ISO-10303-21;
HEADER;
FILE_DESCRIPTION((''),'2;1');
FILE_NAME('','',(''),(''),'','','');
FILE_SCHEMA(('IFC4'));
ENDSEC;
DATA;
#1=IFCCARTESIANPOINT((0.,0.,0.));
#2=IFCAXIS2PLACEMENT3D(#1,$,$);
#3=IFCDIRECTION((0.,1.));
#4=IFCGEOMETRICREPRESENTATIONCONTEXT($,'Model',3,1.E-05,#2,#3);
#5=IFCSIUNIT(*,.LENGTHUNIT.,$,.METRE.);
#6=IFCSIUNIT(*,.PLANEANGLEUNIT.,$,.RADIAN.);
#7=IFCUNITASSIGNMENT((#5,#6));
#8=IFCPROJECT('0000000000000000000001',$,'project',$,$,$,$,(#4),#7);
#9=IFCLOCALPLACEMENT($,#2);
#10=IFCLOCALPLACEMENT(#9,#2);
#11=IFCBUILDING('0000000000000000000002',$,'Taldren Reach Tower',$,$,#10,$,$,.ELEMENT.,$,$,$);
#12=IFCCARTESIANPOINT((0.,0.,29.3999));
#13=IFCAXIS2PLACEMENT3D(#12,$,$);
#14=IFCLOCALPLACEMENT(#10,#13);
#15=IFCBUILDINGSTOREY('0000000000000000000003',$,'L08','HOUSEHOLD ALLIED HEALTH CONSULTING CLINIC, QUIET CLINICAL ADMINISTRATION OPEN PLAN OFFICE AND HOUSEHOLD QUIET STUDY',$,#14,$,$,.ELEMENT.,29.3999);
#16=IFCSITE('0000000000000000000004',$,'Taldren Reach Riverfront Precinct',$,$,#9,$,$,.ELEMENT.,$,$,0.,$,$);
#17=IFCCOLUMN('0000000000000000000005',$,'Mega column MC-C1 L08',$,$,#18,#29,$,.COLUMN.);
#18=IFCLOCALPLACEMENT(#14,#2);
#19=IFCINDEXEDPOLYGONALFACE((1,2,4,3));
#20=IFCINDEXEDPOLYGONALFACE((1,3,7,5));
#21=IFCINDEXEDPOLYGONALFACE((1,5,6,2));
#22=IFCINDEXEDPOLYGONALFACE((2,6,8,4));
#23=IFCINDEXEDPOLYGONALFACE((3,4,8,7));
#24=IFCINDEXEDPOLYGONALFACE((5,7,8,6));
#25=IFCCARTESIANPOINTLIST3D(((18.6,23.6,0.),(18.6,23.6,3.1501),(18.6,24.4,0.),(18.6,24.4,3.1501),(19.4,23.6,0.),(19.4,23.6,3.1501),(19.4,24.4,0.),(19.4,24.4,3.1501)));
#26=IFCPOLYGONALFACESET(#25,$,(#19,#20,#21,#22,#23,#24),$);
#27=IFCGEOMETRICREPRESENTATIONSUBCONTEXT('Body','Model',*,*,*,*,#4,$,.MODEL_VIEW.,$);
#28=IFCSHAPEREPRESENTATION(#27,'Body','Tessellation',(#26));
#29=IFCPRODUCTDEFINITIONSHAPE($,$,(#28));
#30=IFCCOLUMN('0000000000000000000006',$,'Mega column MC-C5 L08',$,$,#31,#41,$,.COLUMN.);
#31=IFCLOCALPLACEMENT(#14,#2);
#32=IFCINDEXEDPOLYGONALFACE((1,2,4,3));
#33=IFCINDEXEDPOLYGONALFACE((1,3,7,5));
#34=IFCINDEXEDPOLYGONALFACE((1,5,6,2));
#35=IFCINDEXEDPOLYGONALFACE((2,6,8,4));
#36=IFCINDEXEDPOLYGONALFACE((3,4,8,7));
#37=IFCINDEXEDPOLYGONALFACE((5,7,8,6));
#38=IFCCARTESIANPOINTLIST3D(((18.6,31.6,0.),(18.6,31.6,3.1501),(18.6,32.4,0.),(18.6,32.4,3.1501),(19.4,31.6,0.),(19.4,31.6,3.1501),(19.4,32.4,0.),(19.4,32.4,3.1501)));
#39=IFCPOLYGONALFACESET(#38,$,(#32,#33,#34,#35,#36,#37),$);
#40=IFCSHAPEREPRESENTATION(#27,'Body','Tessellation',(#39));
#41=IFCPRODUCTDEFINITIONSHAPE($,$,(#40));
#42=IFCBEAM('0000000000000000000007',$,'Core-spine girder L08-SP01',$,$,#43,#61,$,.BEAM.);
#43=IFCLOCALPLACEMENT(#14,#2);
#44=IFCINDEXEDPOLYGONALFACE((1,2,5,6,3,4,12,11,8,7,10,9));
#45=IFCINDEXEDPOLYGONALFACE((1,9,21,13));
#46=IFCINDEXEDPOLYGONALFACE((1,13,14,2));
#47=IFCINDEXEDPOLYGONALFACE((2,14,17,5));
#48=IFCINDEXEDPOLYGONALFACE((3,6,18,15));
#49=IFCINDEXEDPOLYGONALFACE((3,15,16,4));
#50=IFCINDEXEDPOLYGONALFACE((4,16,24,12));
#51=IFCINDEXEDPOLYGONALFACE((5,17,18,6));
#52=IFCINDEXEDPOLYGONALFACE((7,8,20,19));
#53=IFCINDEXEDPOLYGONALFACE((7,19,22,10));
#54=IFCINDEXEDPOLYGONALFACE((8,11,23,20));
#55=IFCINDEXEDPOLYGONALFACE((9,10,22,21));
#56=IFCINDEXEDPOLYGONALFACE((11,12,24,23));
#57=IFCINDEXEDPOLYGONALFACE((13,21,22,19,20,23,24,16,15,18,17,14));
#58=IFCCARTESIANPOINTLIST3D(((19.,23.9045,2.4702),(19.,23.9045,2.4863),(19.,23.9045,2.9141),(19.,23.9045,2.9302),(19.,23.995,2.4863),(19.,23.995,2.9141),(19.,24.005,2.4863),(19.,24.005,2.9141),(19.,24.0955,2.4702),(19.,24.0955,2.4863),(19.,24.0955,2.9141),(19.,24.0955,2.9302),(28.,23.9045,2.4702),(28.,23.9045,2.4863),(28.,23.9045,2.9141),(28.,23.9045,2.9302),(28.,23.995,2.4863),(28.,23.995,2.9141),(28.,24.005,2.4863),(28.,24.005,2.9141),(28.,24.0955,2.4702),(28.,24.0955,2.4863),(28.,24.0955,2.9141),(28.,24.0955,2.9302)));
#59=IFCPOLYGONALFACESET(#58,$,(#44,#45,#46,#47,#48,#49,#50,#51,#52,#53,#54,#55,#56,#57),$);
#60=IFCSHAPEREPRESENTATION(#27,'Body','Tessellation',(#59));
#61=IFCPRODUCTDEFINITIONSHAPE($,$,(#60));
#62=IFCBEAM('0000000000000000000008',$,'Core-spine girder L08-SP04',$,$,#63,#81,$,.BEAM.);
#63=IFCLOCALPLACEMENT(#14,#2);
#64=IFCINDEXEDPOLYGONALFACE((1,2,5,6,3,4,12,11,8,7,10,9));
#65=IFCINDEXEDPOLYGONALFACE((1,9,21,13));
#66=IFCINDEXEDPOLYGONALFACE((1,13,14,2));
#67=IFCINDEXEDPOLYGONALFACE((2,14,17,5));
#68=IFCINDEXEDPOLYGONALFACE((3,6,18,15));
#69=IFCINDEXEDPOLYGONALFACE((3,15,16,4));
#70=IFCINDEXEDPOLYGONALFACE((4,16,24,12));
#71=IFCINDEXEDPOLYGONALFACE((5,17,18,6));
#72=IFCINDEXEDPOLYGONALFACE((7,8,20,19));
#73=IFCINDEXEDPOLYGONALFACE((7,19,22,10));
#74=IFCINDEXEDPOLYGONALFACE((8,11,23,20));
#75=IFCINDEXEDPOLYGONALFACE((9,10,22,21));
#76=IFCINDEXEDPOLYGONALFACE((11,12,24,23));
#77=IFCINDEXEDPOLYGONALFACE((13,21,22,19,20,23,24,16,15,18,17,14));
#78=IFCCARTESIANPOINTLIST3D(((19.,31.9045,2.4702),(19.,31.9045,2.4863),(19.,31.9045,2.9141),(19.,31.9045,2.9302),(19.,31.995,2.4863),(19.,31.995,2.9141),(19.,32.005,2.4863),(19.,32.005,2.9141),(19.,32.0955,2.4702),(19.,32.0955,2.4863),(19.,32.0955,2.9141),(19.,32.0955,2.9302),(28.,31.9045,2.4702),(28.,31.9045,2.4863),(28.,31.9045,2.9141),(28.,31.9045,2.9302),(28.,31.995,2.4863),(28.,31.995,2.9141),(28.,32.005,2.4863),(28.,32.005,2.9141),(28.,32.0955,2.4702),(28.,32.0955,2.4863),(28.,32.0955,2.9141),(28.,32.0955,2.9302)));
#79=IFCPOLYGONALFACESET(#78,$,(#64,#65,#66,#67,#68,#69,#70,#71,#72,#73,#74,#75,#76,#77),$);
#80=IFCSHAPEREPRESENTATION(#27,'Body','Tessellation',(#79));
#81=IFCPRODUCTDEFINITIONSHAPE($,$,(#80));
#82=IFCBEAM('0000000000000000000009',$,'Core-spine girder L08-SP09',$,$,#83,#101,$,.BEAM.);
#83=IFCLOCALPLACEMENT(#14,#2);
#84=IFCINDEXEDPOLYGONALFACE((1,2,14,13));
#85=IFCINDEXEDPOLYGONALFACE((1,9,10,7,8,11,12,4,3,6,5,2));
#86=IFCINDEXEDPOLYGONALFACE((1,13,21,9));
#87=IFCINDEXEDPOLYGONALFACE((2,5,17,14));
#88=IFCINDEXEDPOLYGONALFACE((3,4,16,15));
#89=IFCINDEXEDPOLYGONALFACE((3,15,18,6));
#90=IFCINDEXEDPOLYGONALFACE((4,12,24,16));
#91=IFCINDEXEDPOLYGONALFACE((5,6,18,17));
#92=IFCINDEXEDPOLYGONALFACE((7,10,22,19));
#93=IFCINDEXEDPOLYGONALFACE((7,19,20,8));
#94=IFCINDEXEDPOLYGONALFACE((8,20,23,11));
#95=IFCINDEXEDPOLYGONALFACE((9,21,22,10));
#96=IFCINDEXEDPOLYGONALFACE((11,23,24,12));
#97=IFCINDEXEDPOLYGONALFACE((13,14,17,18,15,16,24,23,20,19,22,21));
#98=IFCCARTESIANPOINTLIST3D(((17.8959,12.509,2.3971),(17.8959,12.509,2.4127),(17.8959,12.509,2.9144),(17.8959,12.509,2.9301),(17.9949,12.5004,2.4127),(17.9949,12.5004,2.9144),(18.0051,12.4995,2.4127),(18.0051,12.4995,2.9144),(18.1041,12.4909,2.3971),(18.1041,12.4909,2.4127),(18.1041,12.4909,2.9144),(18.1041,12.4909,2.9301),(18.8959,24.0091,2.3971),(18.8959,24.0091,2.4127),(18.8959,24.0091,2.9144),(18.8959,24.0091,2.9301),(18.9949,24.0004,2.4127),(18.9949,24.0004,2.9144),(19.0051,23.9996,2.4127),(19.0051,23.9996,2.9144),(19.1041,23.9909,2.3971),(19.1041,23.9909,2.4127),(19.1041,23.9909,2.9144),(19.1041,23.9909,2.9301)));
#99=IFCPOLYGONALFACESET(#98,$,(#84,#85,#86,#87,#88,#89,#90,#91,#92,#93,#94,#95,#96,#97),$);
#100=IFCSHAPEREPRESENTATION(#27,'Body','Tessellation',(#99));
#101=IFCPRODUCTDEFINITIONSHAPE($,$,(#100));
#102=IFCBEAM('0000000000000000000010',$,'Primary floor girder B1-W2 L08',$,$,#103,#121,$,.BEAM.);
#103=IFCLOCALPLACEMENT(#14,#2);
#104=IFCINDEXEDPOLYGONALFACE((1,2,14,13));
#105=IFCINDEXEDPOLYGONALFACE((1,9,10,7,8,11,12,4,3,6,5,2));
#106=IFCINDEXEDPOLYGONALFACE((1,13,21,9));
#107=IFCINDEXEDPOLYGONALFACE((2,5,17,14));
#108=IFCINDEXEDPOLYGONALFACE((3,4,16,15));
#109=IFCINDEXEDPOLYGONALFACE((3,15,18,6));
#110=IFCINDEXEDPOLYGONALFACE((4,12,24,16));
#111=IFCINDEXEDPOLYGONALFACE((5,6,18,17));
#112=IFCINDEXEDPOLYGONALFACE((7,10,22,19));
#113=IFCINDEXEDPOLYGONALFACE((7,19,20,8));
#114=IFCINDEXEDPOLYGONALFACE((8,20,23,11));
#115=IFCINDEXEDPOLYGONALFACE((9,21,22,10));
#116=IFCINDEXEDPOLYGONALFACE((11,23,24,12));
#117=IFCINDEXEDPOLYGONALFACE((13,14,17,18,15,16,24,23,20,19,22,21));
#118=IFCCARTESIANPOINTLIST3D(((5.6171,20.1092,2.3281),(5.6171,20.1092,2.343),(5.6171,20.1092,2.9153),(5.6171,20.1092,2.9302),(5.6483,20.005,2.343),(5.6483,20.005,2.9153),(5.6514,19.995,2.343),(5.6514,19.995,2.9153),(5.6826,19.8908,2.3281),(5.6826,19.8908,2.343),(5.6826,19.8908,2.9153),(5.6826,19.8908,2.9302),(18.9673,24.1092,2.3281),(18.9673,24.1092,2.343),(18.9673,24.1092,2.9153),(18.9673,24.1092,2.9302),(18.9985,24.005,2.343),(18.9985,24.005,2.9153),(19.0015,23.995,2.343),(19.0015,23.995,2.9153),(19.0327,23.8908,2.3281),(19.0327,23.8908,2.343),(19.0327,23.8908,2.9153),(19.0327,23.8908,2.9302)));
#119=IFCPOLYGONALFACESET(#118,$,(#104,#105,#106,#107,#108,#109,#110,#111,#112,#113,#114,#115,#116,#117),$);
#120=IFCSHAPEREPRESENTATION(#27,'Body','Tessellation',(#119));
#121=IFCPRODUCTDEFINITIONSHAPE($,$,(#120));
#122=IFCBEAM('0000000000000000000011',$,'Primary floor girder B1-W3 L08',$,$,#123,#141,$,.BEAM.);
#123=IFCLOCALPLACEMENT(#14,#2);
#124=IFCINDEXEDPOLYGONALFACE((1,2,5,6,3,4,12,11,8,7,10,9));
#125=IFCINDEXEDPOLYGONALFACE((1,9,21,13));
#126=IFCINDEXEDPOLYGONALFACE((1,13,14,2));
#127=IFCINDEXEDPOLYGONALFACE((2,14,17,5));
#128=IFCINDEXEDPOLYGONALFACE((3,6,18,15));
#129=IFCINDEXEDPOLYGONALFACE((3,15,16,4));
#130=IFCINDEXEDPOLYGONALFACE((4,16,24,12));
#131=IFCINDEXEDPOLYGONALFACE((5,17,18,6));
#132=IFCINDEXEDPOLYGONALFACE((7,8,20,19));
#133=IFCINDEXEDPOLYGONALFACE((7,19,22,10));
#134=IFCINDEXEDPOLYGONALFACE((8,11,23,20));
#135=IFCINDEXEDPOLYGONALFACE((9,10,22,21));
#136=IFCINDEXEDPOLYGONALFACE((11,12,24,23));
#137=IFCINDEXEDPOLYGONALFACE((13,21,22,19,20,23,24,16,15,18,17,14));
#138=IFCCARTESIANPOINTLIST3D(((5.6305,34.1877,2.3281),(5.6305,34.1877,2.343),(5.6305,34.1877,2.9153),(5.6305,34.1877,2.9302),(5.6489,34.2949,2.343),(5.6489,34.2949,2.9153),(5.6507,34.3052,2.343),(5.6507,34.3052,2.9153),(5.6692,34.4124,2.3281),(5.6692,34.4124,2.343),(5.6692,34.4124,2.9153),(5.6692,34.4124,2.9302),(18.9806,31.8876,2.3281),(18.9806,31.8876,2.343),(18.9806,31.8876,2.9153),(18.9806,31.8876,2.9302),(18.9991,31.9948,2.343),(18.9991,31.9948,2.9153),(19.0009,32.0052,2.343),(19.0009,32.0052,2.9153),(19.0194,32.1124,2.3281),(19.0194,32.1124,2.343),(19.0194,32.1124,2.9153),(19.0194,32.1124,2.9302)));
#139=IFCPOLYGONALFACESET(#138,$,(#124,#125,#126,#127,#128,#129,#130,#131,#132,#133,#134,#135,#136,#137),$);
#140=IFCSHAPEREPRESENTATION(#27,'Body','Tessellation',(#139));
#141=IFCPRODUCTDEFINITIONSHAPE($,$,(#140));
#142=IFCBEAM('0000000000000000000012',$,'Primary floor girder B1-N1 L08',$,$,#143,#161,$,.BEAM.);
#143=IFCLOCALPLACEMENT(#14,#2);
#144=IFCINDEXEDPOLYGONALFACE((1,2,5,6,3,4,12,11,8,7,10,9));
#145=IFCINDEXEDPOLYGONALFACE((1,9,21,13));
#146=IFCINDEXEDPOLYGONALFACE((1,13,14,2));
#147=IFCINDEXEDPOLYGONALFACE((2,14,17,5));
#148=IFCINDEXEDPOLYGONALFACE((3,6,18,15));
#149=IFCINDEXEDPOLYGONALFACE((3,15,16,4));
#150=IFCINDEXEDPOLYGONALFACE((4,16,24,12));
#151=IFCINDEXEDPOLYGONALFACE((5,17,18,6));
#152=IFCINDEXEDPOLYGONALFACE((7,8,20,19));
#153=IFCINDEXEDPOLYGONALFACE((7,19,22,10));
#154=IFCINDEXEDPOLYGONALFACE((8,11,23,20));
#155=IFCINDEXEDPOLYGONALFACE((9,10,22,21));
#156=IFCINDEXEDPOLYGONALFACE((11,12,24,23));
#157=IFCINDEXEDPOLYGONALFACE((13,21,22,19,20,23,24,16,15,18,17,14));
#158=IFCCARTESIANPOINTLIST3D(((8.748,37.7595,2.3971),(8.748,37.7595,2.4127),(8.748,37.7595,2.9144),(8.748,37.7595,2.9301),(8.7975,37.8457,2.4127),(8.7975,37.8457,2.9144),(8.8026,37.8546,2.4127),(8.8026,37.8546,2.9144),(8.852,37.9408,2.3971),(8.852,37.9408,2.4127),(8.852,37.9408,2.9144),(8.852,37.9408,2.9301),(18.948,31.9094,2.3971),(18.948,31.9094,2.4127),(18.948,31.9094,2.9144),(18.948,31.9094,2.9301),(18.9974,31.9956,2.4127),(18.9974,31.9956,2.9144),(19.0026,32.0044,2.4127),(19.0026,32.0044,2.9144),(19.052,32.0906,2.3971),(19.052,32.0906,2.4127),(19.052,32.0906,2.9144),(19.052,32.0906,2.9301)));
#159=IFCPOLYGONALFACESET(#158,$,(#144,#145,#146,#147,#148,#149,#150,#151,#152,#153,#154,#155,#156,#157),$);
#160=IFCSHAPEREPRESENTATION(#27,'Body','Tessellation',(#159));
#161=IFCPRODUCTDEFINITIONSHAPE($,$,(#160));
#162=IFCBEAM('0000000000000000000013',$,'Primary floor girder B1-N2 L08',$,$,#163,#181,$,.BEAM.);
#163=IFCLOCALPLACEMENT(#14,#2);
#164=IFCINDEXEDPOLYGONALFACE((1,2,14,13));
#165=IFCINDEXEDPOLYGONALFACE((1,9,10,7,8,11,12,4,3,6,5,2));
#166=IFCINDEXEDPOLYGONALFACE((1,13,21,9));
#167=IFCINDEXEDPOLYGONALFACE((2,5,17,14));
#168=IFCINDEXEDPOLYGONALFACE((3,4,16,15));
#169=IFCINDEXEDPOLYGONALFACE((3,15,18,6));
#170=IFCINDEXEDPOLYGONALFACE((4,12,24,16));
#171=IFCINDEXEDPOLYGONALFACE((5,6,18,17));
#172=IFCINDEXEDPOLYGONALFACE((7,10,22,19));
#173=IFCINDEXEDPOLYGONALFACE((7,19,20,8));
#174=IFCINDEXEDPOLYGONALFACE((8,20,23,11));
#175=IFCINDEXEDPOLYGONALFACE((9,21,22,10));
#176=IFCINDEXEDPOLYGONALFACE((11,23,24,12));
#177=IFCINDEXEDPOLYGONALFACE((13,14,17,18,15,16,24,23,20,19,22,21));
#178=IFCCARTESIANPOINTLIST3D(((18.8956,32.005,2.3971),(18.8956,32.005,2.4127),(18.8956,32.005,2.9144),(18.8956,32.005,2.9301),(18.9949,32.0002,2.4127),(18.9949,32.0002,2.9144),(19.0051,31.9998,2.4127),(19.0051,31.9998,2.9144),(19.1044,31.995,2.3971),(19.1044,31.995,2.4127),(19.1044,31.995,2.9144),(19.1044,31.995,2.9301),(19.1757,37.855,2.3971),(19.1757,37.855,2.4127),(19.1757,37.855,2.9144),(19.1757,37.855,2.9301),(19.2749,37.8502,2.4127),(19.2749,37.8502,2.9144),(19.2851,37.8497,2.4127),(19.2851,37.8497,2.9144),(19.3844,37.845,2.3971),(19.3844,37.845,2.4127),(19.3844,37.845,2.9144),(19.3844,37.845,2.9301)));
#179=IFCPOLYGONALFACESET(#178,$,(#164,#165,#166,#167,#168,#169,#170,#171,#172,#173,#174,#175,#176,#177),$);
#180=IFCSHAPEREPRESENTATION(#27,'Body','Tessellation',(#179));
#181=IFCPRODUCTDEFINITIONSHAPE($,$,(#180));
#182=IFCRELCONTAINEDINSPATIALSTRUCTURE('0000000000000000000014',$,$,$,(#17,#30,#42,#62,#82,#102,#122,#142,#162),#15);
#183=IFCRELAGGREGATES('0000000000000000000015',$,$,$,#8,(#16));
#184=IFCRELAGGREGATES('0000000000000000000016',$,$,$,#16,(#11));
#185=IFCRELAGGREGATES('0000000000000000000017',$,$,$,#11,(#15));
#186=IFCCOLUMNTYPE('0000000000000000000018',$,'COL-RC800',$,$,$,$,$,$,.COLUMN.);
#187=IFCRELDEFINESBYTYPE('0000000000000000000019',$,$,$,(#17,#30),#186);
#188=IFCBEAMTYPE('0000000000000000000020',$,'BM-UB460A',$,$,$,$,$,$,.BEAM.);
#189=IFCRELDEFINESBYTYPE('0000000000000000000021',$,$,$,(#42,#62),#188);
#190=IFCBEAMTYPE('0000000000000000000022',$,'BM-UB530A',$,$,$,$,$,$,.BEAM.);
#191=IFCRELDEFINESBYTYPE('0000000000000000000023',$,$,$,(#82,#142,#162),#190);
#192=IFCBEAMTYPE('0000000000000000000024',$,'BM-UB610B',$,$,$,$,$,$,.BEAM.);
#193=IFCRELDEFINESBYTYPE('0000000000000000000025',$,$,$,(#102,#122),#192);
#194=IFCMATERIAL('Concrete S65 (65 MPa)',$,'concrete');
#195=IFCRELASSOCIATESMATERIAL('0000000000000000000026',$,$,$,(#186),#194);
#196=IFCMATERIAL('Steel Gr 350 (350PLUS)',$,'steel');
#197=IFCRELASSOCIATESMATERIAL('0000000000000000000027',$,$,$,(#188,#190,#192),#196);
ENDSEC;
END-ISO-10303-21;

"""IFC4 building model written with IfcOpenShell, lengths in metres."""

from ifc_helpers import new_model, si_unit, direction, frame, origin, origin_2d, place, context, subcontext, project, spatial, rectangle, i_section, extrude, source, transform, mapped, material, material_profile, profile_set, type_object, element, save


model = new_model("IFC4")

# Units and contexts
model_context = context("Model", 3, precision=1e-05, world=origin(), true_north=direction((0.0, 1.0)))
body_context = subcontext(model_context, "Body", "Model", "MODEL_VIEW")
ifc_project = project(units=[si_unit("LENGTHUNIT", "METRE"), si_unit("PLANEANGLEUNIT", "RADIAN")], contexts=[model_context])

# Site, building, storey
site_placement = place(None, origin())
site = spatial("IfcSite", under=ifc_project, at=site_placement, Name="Taldren Reach Riverfront Precinct", CompositionType="ELEMENT", RefElevation=0.0)
building_placement = place(site_placement, origin())
building = spatial("IfcBuilding", under=site, at=building_placement, Name="Taldren Reach Tower", CompositionType="ELEMENT")
storey_placement = place(building_placement, frame((0.0, 0.0, 29.3999)))
storey = spatial("IfcBuildingStorey", under=building, at=storey_placement, Name="L08", Description="HOUSEHOLD ALLIED HEALTH CONSULTING CLINIC, QUIET CLINICAL ADMINISTRATION OPEN PLAN OFFICE AND HOUSEHOLD QUIET STUDY", CompositionType="ELEMENT", Elevation=29.3999)

# Columns
ifc_material_1 = material(Name="Concrete S65 (65 MPa)", Category="concrete")
ifc_material_profile_1 = material_profile(ifc_material_1, rectangle(XDim=0.8, YDim=0.8, at=origin_2d()), Name="RC-800x800")
ifc_profile_set_1 = profile_set([ifc_material_profile_1], Name="Concrete S65 (65 MPa)")
column_type = type_object("IfcColumnType", Name="COL-RC800", PredefinedType="COLUMN", material=ifc_profile_set_1)
shared_shape_1 = source(origin(), body_context, "Body", "SweptSolid", [
    extrude(rectangle(XDim=0.8, YDim=0.8, at=origin_2d()), origin(), (0.0, 0.0, 1.0), 3.1501),
])
for number, where, z_axis, x_axis, name in (
    (1, (19.0, 24.0, 0.0), (0.0, 0.0, 1.0), (1.0, 0.0, 0.0), "Mega column MC-C1 L08"),
    (2, (19.0, 32.0, 0.0), (0.0, 0.0, 1.0), (1.0, 0.0, 0.0), "Mega column MC-C5 L08"),
):
    element("IfcColumn", number, at=place(storey_placement, frame(where, z_axis=z_axis, x_axis=x_axis)), inside=storey, type_object=column_type, Name=name, PredefinedType="COLUMN", context=body_context, shape_type="MappedRepresentation", body=[
        mapped(shared_shape_1, transform((0.0, 0.0, 0.0), scale=1.0)),
    ])

# Beams
ifc_material_2 = material(Name="Steel Gr 350 (350PLUS)", Category="steel")
ifc_material_profile_2 = material_profile(ifc_material_2, i_section(OverallWidth=0.1909, OverallDepth=0.46, WebThickness=0.01, FlangeThickness=0.0161, at=origin_2d()), Name="460UB82.1")
ifc_profile_set_2 = profile_set([ifc_material_profile_2], Name="Steel Gr 350 (350PLUS)")
beam_type_1 = type_object("IfcBeamType", Name="BM-UB460A", PredefinedType="BEAM", material=ifc_profile_set_2)
shared_shape_2 = source(origin(), body_context, "Body", "SweptSolid", [
    extrude(i_section(OverallWidth=0.1909, OverallDepth=0.46, WebThickness=0.01, FlangeThickness=0.0161, at=origin_2d()), origin(), (0.0, 0.0, 1.0), 9.0),
])
for number, where, z_axis, x_axis, name in (
    (3, (19.0, 24.0, 2.7002), (1.0, 0.0, 0.0), (0.0, 1.0, 0.0), "Core-spine girder L08-SP01"),
    (4, (19.0, 32.0, 2.7002), (1.0, 0.0, 0.0), (0.0, 1.0, 0.0), "Core-spine girder L08-SP04"),
):
    element("IfcBeam", number, at=place(storey_placement, frame(where, z_axis=z_axis, x_axis=x_axis)), inside=storey, type_object=beam_type_1, Name=name, PredefinedType="BEAM", context=body_context, shape_type="MappedRepresentation", body=[
        mapped(shared_shape_2, transform((0.0, 0.0, 0.0), scale=1.0)),
    ])
ifc_material_profile_3 = material_profile(ifc_material_2, i_section(OverallWidth=0.209, OverallDepth=0.533, WebThickness=0.0103, FlangeThickness=0.0156, at=origin_2d()), Name="530UB92.4")
ifc_profile_set_3 = profile_set([ifc_material_profile_3], Name="Steel Gr 350 (350PLUS)")
beam_type_2 = type_object("IfcBeamType", Name="BM-UB530A", PredefinedType="BEAM", material=ifc_profile_set_3)
shared_shape_3 = source(origin(), body_context, "Body", "SweptSolid", [
    extrude(i_section(OverallWidth=0.209, OverallDepth=0.533, WebThickness=0.0103, FlangeThickness=0.0156, at=origin_2d()), origin(), (0.0, 0.0, 1.0), 11.5435),
])
beam_1_placement = place(storey_placement, frame((19.0, 24.0, 2.6636), z_axis=(-0.08663, -0.996241, 0.0), x_axis=(0.996241, -0.08663, 0.0)))
element("IfcBeam", 5, at=beam_1_placement, inside=storey, type_object=beam_type_2, Name="Core-spine girder L08-SP09", PredefinedType="BEAM", context=body_context, shape_type="MappedRepresentation", body=[
    mapped(shared_shape_3, transform((0.0, 0.0, 0.0), scale=1.0)),
])
ifc_material_profile_4 = material_profile(ifc_material_2, i_section(OverallWidth=0.228, OverallDepth=0.6021, WebThickness=0.0105, FlangeThickness=0.0149, at=origin_2d()), Name="610UB101")
ifc_profile_set_4 = profile_set([ifc_material_profile_4], Name="Steel Gr 350 (350PLUS)")
beam_type_3 = type_object("IfcBeamType", Name="BM-UB610B", PredefinedType="BEAM", material=ifc_profile_set_4)
shared_shape_4 = source(origin(), body_context, "Body", "SweptSolid", [
    extrude(i_section(OverallWidth=0.228, OverallDepth=0.6021, WebThickness=0.0105, FlangeThickness=0.0149, at=origin_2d()), origin(), (0.0, 0.0, 1.0), 13.9365),
])
beam_2_placement = place(storey_placement, frame((19.0, 24.0, 2.6292), z_axis=(-0.957926, -0.287017, 0.0), x_axis=(0.287017, -0.957926, 0.0)))
element("IfcBeam", 6, at=beam_2_placement, inside=storey, type_object=beam_type_3, Name="Primary floor girder B1-W2 L08", PredefinedType="BEAM", context=body_context, shape_type="MappedRepresentation", body=[
    mapped(shared_shape_4, transform((0.0, 0.0, 0.0), scale=1.0)),
])
shared_shape_5 = source(origin(), body_context, "Body", "SweptSolid", [
    extrude(i_section(OverallWidth=0.228, OverallDepth=0.6021, WebThickness=0.0105, FlangeThickness=0.0149, at=origin_2d()), origin(), (0.0, 0.0, 1.0), 13.5469),
])
beam_3_placement = place(storey_placement, frame((19.0, 32.0, 2.6292), z_axis=(-0.985481, 0.169786, 0.0), x_axis=(-0.169786, -0.985481, 0.0)))
element("IfcBeam", 7, at=beam_3_placement, inside=storey, type_object=beam_type_3, Name="Primary floor girder B1-W3 L08", PredefinedType="BEAM", context=body_context, shape_type="MappedRepresentation", body=[
    mapped(shared_shape_5, transform((0.0, 0.0, 0.0), scale=1.0)),
])
shared_shape_6 = source(origin(), body_context, "Body", "SweptSolid", [
    extrude(i_section(OverallWidth=0.209, OverallDepth=0.533, WebThickness=0.0103, FlangeThickness=0.0156, at=origin_2d()), origin(), (0.0, 0.0, 1.0), 11.7585),
])
beam_4_placement = place(storey_placement, frame((19.0, 32.0, 2.6636), z_axis=(-0.867452, 0.49752, 0.0), x_axis=(-0.49752, -0.867452, 0.0)))
element("IfcBeam", 8, at=beam_4_placement, inside=storey, type_object=beam_type_2, Name="Primary floor girder B1-N1 L08", PredefinedType="BEAM", context=body_context, shape_type="MappedRepresentation", body=[
    mapped(shared_shape_6, transform((0.0, 0.0, 0.0), scale=1.0)),
])
shared_shape_7 = source(origin(), body_context, "Body", "SweptSolid", [
    extrude(i_section(OverallWidth=0.209, OverallDepth=0.533, WebThickness=0.0103, FlangeThickness=0.0156, at=origin_2d()), origin(), (0.0, 0.0, 1.0), 5.8567),
])
beam_5_placement = place(storey_placement, frame((19.0, 32.0, 2.6636), z_axis=(0.047813, 0.998856, 0.0), x_axis=(-0.998856, 0.047813, 0.0)))
element("IfcBeam", 9, at=beam_5_placement, inside=storey, type_object=beam_type_2, Name="Primary floor girder B1-N2 L08", PredefinedType="BEAM", context=body_context, shape_type="MappedRepresentation", body=[
    mapped(shared_shape_7, transform((0.0, 0.0, 0.0), scale=1.0)),
])

save(model, "model.ifc")
